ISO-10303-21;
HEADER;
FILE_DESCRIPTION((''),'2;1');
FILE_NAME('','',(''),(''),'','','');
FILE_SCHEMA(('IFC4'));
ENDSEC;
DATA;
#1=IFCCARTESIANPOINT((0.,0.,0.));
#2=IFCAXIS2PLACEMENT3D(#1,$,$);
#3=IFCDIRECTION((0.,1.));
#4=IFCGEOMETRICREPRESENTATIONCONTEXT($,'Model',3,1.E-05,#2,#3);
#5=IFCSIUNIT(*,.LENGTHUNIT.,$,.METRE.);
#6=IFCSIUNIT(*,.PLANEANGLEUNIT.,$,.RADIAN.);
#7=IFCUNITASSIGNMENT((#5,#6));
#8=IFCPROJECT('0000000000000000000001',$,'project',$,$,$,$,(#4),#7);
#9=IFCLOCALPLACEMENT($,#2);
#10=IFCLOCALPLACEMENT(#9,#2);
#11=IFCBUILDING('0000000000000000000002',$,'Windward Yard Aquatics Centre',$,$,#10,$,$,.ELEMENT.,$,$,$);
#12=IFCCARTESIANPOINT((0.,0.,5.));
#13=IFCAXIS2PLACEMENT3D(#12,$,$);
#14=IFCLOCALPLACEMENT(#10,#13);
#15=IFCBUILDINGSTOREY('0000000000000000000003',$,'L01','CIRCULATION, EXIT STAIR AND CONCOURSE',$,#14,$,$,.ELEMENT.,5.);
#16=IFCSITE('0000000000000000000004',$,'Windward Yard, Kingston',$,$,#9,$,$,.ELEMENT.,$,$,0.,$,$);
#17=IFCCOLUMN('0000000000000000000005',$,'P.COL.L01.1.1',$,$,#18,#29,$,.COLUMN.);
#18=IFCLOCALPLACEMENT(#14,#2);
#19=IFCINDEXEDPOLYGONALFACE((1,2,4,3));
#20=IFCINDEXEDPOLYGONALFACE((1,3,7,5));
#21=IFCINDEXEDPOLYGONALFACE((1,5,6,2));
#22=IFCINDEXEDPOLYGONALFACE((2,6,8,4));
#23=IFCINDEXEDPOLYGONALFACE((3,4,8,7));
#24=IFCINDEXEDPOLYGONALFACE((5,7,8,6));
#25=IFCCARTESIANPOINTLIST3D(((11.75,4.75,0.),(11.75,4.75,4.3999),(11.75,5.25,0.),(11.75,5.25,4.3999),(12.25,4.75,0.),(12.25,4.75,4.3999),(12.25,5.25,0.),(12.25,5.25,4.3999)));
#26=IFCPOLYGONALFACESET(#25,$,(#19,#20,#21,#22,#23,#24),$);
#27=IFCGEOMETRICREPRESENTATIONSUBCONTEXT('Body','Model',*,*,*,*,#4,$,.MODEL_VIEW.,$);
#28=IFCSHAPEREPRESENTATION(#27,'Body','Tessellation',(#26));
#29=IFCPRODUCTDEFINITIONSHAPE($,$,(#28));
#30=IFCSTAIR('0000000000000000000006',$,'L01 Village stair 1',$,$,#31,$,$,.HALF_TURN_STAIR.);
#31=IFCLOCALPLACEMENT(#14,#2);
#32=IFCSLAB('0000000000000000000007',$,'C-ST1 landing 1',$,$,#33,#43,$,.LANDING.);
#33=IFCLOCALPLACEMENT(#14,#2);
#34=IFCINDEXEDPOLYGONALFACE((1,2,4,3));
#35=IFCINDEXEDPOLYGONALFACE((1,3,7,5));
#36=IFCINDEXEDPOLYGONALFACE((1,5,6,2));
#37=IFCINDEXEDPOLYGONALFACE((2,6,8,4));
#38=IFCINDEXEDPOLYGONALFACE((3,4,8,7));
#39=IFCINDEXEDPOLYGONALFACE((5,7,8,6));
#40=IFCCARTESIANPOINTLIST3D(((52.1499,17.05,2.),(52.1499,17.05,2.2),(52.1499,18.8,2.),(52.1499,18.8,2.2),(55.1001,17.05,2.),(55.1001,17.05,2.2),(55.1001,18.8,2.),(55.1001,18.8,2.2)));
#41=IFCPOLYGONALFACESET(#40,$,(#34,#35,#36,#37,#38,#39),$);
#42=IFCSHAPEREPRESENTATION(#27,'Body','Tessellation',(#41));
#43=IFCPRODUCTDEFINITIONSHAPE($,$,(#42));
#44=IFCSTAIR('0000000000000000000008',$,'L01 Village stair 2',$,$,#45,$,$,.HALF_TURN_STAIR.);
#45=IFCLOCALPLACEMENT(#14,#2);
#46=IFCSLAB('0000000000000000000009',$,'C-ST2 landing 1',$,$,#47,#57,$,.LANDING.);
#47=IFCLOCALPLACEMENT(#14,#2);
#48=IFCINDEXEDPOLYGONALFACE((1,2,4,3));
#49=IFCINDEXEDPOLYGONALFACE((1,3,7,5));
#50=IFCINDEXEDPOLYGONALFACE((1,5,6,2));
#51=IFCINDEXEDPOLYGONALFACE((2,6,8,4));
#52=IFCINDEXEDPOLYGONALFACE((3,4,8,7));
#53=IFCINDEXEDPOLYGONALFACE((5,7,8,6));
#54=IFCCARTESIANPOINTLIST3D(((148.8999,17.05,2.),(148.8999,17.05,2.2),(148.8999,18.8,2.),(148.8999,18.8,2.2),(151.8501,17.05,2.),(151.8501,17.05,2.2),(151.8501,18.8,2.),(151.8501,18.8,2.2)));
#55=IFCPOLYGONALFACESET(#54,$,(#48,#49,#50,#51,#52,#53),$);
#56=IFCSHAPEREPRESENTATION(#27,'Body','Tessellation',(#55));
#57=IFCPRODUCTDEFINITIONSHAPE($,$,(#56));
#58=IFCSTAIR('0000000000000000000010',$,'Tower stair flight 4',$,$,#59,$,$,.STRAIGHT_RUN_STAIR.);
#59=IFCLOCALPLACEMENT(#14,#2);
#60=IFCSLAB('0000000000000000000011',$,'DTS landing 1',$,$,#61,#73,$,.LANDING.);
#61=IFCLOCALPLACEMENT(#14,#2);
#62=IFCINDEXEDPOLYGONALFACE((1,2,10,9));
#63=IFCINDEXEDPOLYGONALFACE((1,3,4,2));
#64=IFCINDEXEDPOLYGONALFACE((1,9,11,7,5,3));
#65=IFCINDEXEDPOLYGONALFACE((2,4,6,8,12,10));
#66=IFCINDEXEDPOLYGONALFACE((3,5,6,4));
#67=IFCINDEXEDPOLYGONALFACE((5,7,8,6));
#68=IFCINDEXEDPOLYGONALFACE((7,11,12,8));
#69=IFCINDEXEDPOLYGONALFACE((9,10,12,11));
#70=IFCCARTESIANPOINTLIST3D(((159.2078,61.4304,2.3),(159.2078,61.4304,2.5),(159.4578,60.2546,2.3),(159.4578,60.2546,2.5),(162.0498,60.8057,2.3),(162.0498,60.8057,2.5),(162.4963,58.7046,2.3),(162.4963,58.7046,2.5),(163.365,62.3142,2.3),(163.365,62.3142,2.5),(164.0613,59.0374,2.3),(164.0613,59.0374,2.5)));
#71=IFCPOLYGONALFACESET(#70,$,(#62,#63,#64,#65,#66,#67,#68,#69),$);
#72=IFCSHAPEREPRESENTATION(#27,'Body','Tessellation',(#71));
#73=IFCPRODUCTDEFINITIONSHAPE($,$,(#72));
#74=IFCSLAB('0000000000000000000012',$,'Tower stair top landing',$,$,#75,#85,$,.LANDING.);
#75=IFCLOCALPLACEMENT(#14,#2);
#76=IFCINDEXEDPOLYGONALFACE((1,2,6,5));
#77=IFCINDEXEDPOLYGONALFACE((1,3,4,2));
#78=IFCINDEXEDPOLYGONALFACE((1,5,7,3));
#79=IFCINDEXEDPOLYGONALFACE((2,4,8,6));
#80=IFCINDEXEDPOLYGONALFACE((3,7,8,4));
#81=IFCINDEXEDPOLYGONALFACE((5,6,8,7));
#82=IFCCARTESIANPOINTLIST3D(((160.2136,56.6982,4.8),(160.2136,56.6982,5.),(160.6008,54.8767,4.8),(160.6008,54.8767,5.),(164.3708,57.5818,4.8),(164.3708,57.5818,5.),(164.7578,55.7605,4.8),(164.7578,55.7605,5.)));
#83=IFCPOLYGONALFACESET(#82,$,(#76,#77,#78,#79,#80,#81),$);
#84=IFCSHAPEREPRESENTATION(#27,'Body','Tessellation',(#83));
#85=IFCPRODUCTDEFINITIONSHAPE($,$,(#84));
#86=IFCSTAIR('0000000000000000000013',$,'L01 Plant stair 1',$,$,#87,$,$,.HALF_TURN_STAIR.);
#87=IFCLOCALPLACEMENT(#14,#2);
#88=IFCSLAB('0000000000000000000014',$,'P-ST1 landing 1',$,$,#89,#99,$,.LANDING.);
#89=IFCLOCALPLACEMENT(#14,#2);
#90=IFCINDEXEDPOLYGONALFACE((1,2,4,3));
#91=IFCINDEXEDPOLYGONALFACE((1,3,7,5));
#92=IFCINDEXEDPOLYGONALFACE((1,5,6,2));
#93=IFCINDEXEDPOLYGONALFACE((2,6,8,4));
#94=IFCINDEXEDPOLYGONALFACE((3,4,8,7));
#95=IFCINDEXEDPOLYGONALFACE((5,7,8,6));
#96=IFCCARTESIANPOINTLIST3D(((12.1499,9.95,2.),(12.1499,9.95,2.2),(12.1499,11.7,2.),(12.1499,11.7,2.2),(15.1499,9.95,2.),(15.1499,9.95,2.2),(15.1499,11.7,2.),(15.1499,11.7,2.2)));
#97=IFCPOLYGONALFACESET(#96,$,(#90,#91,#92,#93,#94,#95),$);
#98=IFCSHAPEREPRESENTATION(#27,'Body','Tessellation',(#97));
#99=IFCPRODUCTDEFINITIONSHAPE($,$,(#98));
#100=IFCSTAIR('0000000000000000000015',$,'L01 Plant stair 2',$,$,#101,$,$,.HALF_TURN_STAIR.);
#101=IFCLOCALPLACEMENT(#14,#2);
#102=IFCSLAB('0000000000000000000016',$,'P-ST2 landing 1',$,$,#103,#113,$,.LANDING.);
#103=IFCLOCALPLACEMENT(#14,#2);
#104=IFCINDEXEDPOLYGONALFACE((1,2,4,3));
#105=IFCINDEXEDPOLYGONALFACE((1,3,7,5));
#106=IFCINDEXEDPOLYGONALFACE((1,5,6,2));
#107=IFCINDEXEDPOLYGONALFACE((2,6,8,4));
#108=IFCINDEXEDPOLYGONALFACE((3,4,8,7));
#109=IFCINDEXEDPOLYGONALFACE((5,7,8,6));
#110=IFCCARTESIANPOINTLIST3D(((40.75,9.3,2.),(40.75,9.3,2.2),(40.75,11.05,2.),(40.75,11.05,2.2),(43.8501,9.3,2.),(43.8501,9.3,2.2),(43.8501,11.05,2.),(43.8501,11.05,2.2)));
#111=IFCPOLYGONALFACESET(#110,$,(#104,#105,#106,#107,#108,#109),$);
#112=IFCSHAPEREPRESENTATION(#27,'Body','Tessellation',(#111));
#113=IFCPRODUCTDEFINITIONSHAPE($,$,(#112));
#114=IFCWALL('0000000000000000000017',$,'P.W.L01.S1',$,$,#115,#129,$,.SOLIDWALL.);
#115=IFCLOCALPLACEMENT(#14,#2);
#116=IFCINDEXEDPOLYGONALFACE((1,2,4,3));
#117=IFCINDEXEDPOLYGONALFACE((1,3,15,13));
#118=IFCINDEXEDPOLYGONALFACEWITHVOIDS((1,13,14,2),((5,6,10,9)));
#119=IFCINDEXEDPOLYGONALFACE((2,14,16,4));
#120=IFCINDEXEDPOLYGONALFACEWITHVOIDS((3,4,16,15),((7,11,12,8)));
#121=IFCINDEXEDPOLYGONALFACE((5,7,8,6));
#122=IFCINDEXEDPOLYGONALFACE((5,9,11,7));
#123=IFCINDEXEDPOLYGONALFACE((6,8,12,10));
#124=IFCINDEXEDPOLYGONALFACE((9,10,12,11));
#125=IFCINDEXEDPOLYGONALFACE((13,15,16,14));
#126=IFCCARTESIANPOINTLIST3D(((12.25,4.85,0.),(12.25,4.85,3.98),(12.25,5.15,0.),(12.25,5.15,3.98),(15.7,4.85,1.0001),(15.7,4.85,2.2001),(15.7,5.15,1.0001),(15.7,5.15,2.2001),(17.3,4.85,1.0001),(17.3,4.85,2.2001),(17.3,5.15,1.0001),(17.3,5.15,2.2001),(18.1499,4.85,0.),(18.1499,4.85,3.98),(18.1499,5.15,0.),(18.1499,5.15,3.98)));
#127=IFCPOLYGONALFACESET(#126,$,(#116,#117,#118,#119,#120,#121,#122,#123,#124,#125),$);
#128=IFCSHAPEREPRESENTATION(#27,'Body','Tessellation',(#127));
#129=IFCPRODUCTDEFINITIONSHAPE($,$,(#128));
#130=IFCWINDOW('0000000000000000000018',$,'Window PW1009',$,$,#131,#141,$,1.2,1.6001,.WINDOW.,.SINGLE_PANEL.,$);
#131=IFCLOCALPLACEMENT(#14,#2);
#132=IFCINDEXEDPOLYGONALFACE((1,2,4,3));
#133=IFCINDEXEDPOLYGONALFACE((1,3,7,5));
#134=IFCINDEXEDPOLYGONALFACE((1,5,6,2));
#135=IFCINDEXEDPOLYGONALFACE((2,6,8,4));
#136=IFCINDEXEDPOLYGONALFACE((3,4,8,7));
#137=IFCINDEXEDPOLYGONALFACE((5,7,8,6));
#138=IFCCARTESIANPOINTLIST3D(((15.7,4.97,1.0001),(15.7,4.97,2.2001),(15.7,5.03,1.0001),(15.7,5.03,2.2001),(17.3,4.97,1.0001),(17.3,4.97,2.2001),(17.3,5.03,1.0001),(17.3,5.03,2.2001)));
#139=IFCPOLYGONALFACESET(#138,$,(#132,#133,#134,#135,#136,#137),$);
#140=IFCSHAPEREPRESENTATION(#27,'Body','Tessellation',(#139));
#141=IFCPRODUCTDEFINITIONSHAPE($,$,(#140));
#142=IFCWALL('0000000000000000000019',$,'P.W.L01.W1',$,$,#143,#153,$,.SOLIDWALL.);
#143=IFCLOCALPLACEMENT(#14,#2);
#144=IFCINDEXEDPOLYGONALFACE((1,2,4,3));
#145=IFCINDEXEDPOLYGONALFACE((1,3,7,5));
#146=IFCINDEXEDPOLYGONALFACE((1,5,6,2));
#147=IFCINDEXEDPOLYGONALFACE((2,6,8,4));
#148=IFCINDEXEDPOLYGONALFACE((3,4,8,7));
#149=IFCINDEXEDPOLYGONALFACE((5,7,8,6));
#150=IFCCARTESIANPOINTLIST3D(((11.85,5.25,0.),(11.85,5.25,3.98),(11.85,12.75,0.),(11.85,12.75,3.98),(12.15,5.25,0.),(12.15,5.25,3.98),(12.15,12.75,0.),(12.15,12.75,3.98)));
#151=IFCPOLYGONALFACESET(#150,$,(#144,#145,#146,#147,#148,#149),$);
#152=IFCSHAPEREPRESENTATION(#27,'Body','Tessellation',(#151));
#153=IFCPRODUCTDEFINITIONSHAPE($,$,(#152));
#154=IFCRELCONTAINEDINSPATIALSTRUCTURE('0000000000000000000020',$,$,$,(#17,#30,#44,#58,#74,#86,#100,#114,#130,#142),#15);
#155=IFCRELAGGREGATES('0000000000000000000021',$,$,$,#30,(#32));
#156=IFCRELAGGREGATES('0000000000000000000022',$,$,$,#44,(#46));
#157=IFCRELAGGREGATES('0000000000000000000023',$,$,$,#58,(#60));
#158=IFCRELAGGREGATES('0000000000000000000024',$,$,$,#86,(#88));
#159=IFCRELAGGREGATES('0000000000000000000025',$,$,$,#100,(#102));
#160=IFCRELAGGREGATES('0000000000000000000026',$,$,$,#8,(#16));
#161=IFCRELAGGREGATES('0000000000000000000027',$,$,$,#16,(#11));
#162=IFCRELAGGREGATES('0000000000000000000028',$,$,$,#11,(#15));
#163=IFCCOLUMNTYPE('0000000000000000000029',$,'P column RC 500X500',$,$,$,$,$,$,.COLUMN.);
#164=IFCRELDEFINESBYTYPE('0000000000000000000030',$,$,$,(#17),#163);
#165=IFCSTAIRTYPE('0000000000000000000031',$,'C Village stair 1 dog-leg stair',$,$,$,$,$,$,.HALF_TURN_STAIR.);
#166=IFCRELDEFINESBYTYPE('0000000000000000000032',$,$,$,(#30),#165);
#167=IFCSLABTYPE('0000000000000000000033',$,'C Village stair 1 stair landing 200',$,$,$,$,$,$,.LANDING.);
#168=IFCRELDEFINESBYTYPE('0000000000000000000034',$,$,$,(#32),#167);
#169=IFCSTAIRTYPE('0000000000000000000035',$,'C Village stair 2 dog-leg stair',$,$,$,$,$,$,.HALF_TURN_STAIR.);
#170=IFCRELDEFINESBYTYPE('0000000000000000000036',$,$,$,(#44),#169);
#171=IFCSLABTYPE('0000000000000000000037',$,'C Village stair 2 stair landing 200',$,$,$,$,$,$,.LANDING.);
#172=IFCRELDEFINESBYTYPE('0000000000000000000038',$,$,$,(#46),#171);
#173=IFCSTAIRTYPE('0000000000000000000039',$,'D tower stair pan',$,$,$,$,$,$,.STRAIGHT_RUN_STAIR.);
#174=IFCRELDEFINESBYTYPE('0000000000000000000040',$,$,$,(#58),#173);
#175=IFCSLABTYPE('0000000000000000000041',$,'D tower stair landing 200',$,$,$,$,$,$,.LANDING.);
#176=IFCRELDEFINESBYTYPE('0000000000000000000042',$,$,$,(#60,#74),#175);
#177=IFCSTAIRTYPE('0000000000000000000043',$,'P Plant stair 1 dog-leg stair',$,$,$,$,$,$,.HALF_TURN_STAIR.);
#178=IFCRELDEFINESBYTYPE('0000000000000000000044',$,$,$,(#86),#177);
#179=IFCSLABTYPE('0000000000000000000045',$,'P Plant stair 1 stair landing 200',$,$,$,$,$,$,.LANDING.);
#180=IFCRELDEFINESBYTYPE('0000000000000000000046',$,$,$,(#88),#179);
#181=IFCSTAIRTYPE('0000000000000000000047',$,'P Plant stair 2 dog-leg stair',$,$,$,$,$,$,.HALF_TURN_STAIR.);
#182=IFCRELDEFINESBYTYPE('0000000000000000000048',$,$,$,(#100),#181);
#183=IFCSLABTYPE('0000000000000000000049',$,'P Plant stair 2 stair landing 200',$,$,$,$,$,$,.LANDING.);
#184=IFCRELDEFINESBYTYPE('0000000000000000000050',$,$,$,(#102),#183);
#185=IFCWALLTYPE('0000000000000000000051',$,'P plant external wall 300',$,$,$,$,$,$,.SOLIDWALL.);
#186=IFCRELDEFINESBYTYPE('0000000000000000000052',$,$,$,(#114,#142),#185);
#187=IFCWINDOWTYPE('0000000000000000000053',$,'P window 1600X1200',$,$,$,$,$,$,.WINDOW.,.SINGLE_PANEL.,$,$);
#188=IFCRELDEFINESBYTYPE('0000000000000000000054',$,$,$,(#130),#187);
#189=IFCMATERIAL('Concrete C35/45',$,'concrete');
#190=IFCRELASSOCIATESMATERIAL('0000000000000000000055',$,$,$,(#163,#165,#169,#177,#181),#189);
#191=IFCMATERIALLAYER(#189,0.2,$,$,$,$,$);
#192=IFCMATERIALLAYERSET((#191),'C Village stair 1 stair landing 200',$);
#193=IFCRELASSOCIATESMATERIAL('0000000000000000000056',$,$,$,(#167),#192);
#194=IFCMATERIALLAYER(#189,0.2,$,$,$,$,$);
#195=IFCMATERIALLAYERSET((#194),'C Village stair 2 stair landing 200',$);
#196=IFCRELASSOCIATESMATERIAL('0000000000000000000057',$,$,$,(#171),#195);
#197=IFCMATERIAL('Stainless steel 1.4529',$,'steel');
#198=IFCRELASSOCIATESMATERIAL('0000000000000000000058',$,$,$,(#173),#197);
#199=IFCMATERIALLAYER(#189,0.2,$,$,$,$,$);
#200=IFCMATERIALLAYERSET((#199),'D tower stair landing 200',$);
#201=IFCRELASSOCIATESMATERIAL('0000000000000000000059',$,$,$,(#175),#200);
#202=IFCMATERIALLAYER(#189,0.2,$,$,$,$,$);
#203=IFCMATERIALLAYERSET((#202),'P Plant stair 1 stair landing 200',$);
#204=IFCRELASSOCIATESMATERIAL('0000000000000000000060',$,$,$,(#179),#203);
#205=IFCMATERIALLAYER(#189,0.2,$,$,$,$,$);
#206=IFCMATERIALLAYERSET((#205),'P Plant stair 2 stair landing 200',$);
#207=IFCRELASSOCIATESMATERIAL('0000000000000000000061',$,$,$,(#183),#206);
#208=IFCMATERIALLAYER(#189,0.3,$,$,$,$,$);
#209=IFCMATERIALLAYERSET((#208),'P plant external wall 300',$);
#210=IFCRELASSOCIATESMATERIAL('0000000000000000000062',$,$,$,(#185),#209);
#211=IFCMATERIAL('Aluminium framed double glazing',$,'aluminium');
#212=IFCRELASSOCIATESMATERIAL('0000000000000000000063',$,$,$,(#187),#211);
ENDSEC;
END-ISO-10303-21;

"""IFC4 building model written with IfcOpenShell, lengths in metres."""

from ifc_helpers import new_model, si_unit, direction, frame, frame_2d, origin, origin_2d, place, context, subcontext, project, spatial, polyline, rectangle, outline, extrude, material, layer, layer_set, material_profile, profile_set, type_object, element, fill, aggregate, save


model = new_model("IFC4")

# Units and contexts
model_context = context("Model", 3, precision=1e-05, world=origin(), true_north=direction((0.0, 1.0)))
body_context = subcontext(model_context, "Body", "Model", "MODEL_VIEW")
ifc_project = project(units=[si_unit("LENGTHUNIT", "METRE"), si_unit("PLANEANGLEUNIT", "RADIAN")], contexts=[model_context])

# Site, building, storey
site_placement = place(None, origin())
site = spatial("IfcSite", under=ifc_project, at=site_placement, Name="Windward Yard, Kingston", CompositionType="ELEMENT", RefElevation=0.0)
building_placement = place(site_placement, origin())
building = spatial("IfcBuilding", under=site, at=building_placement, Name="Windward Yard Aquatics Centre", CompositionType="ELEMENT")
storey_placement = place(building_placement, frame((0.0, 0.0, 5.0)))
storey = spatial("IfcBuildingStorey", under=building, at=storey_placement, Name="L01", Description="CIRCULATION, EXIT STAIR AND CONCOURSE", CompositionType="ELEMENT", Elevation=5.0)

# Column
ifc_material_1 = material(Name="Concrete C35/45", Category="concrete")
ifc_material_profile = material_profile(ifc_material_1, rectangle(XDim=0.5, YDim=0.5, at=origin_2d()), Name="RC 500X500")
ifc_profile_set = profile_set([ifc_material_profile], Name="Concrete C35/45")
column_type = type_object("IfcColumnType", Name="P column RC 500X500", PredefinedType="COLUMN", material=ifc_profile_set)
column_placement = place(storey_placement, frame((12.0, 5.0, 0.0), z_axis=(0.0, 0.0, 1.0), x_axis=(1.0, 0.0, 0.0)))
element("IfcColumn", 1, at=column_placement, inside=storey, type_object=column_type, Name="P.COL.L01.1.1", PredefinedType="COLUMN", context=body_context, shape_type="SweptSolid", body=[
    extrude(rectangle(XDim=0.5, YDim=0.5, at=origin_2d()), origin(), (0.0, 0.0, 1.0), 4.3999),
])

# Stairs, slabs
stair_type_1 = type_object("IfcStairType", Name="C Village stair 1 dog-leg stair", PredefinedType="HALF_TURN_STAIR", material=ifc_material_1)
stair_1_placement = place(storey_placement, origin())
stair_1 = element("IfcStair", 2, at=stair_1_placement, inside=storey, type_object=stair_type_1, Name="L01 Village stair 1", PredefinedType="HALF_TURN_STAIR")
ifc_layer_1 = layer(ifc_material_1, 0.2)
ifc_layer_set_1 = layer_set([ifc_layer_1], Name="C Village stair 1 stair landing 200")
slab_type_1 = type_object("IfcSlabType", Name="C Village stair 1 stair landing 200", PredefinedType="LANDING", material=ifc_layer_set_1)
slab_1_placement = place(storey_placement, frame((0.0, 0.0, 2.0)))
slab_1 = element("IfcSlab", 3, at=slab_1_placement, type_object=slab_type_1, Name="C-ST1 landing 1", PredefinedType="LANDING", context=body_context, shape_type="SweptSolid", body=[
    extrude(outline(polyline([(52.1499, 17.05), (55.1001, 17.05), (55.1001, 18.8), (52.1499, 18.8), (52.1499, 17.05)])), origin(), (0.0, 0.0, 1.0), 0.2),
])
aggregate(stair_1, [slab_1])
stair_type_2 = type_object("IfcStairType", Name="C Village stair 2 dog-leg stair", PredefinedType="HALF_TURN_STAIR", material=ifc_material_1)
stair_2_placement = place(storey_placement, origin())
stair_2 = element("IfcStair", 4, at=stair_2_placement, inside=storey, type_object=stair_type_2, Name="L01 Village stair 2", PredefinedType="HALF_TURN_STAIR")
ifc_layer_2 = layer(ifc_material_1, 0.2)
ifc_layer_set_2 = layer_set([ifc_layer_2], Name="C Village stair 2 stair landing 200")
slab_type_2 = type_object("IfcSlabType", Name="C Village stair 2 stair landing 200", PredefinedType="LANDING", material=ifc_layer_set_2)
slab_2_placement = place(storey_placement, frame((0.0, 0.0, 2.0)))
slab_2 = element("IfcSlab", 5, at=slab_2_placement, type_object=slab_type_2, Name="C-ST2 landing 1", PredefinedType="LANDING", context=body_context, shape_type="SweptSolid", body=[
    extrude(outline(polyline([(148.8999, 17.05), (151.8501, 17.05), (151.8501, 18.8), (148.8999, 18.8), (148.8999, 17.05)])), origin(), (0.0, 0.0, 1.0), 0.2),
])
aggregate(stair_2, [slab_2])
ifc_material_2 = material(Name="Stainless steel 1.4529", Category="steel")
stair_type_3 = type_object("IfcStairType", Name="D tower stair pan", PredefinedType="STRAIGHT_RUN_STAIR", material=ifc_material_2)
stair_3_placement = place(storey_placement, origin())
stair_3 = element("IfcStair", 6, at=stair_3_placement, inside=storey, type_object=stair_type_3, Name="Tower stair flight 4", PredefinedType="STRAIGHT_RUN_STAIR")
ifc_layer_3 = layer(ifc_material_1, 0.2)
ifc_layer_set_3 = layer_set([ifc_layer_3], Name="D tower stair landing 200")
slab_type_3 = type_object("IfcSlabType", Name="D tower stair landing 200", PredefinedType="LANDING", material=ifc_layer_set_3)
slab_3_placement = place(storey_placement, frame((0.0, 0.0, 2.3)))
slab_3 = element("IfcSlab", 7, at=slab_3_placement, type_object=slab_type_3, Name="DTS landing 1", PredefinedType="LANDING", context=body_context, shape_type="SweptSolid", body=[
    extrude(outline(polyline([(159.2078, 61.4304), (159.4578, 60.2546), (162.0498, 60.8057), (162.4963, 58.7046), (164.0613, 59.0374), (163.365, 62.3142), (159.2078, 61.4304)])), origin(), (0.0, 0.0, 1.0), 0.2),
])
aggregate(stair_3, [slab_3])

# Slab
slab_4_placement = place(storey_placement, frame((0.0, 0.0, 4.8)))
element("IfcSlab", 8, at=slab_4_placement, inside=storey, type_object=slab_type_3, Name="Tower stair top landing", PredefinedType="LANDING", context=body_context, shape_type="SweptSolid", body=[
    extrude(outline(polyline([(160.2136, 56.6982), (160.6008, 54.8767), (164.7578, 55.7605), (164.3708, 57.5818), (160.2136, 56.6982)])), origin(), (0.0, 0.0, 1.0), 0.2),
])

# Stairs, slabs
stair_type_4 = type_object("IfcStairType", Name="P Plant stair 1 dog-leg stair", PredefinedType="HALF_TURN_STAIR", material=ifc_material_1)
stair_4_placement = place(storey_placement, origin())
stair_4 = element("IfcStair", 9, at=stair_4_placement, inside=storey, type_object=stair_type_4, Name="L01 Plant stair 1", PredefinedType="HALF_TURN_STAIR")
ifc_layer_4 = layer(ifc_material_1, 0.2)
ifc_layer_set_4 = layer_set([ifc_layer_4], Name="P Plant stair 1 stair landing 200")
slab_type_4 = type_object("IfcSlabType", Name="P Plant stair 1 stair landing 200", PredefinedType="LANDING", material=ifc_layer_set_4)
slab_5_placement = place(storey_placement, frame((0.0, 0.0, 2.0)))
slab_5 = element("IfcSlab", 10, at=slab_5_placement, type_object=slab_type_4, Name="P-ST1 landing 1", PredefinedType="LANDING", context=body_context, shape_type="SweptSolid", body=[
    extrude(outline(polyline([(12.1499, 9.95), (15.1499, 9.95), (15.1499, 11.7), (12.1499, 11.7), (12.1499, 9.95)])), origin(), (0.0, 0.0, 1.0), 0.2),
])
aggregate(stair_4, [slab_5])
stair_type_5 = type_object("IfcStairType", Name="P Plant stair 2 dog-leg stair", PredefinedType="HALF_TURN_STAIR", material=ifc_material_1)
stair_5_placement = place(storey_placement, origin())
stair_5 = element("IfcStair", 11, at=stair_5_placement, inside=storey, type_object=stair_type_5, Name="L01 Plant stair 2", PredefinedType="HALF_TURN_STAIR")
ifc_layer_5 = layer(ifc_material_1, 0.2)
ifc_layer_set_5 = layer_set([ifc_layer_5], Name="P Plant stair 2 stair landing 200")
slab_type_5 = type_object("IfcSlabType", Name="P Plant stair 2 stair landing 200", PredefinedType="LANDING", material=ifc_layer_set_5)
slab_6_placement = place(storey_placement, frame((0.0, 0.0, 2.0)))
slab_6 = element("IfcSlab", 12, at=slab_6_placement, type_object=slab_type_5, Name="P-ST2 landing 1", PredefinedType="LANDING", context=body_context, shape_type="SweptSolid", body=[
    extrude(outline(polyline([(40.75, 9.3), (43.8501, 9.3), (43.8501, 11.05), (40.75, 11.05), (40.75, 9.3)])), origin(), (0.0, 0.0, 1.0), 0.2),
])
aggregate(stair_5, [slab_6])

# Wall, opening, window
ifc_layer_6 = layer(ifc_material_1, 0.3)
ifc_layer_set_6 = layer_set([ifc_layer_6], Name="P plant external wall 300")
wall_type = type_object("IfcWallType", Name="P plant external wall 300", PredefinedType="SOLIDWALL", material=ifc_layer_set_6)
wall_1_placement = place(storey_placement, frame((12.25, 5.0, 0.0), z_axis=(0.0, 0.0, 1.0), x_axis=(1.0, 0.0, 0.0)))
wall_1 = element("IfcWall", 13, at=wall_1_placement, inside=storey, type_object=wall_type, Name="P.W.L01.S1", PredefinedType="SOLIDWALL", context=body_context, shape_type="SweptSolid", body=[
    extrude(rectangle(XDim=5.8999, YDim=0.3, at=frame_2d((2.95, 0.0))), origin(), (0.0, 0.0, 1.0), 3.98),
])
opening_placement = place(wall_1_placement, frame((3.45, 0.0, 1.0)))
opening = element("IfcOpeningElement", 14, at=opening_placement, cuts=wall_1, PredefinedType="OPENING", context=body_context, shape_type="SweptSolid", body=[
    extrude(rectangle(XDim=1.6001, YDim=1.2, at=frame_2d((0.8, 0.6001))), frame((0.0, 0.1602, 0.0), z_axis=(0.0, -1.0, 0.0), x_axis=(1.0, 0.0, 0.0)), (0.0, 0.0, 1.0), 0.3201),
])
ifc_material_3 = material(Name="Aluminium framed double glazing", Category="aluminium")
window_type = type_object("IfcWindowType", Name="P window 1600X1200", PartitioningType="SINGLE_PANEL", PredefinedType="WINDOW", material=ifc_material_3)
window_placement = place(opening_placement, origin())
window = element("IfcWindow", 15, at=window_placement, inside=storey, type_object=window_type, Name="Window PW1009", OverallHeight=1.2, OverallWidth=1.6001, PartitioningType="SINGLE_PANEL", PredefinedType="WINDOW", context=body_context, shape_type="SweptSolid", body=[
    extrude(rectangle(XDim=1.6001, YDim=1.2, at=frame_2d((0.8, 0.6001))), frame((0.0, 0.03, 0.0), z_axis=(0.0, -1.0, 0.0), x_axis=(1.0, 0.0, 0.0)), (0.0, 0.0, 1.0), 0.0601),
])
fill(opening, window)

# Wall
wall_2_placement = place(storey_placement, frame((12.0, 5.25, 0.0), z_axis=(0.0, 0.0, 1.0), x_axis=(0.0, 1.0, 0.0)))
element("IfcWall", 16, at=wall_2_placement, inside=storey, type_object=wall_type, Name="P.W.L01.W1", PredefinedType="SOLIDWALL", context=body_context, shape_type="SweptSolid", body=[
    extrude(rectangle(XDim=7.5, YDim=0.3, at=frame_2d((3.75, 0.0))), origin(), (0.0, 0.0, 1.0), 3.98),
])

save(model, "model.ifc")
